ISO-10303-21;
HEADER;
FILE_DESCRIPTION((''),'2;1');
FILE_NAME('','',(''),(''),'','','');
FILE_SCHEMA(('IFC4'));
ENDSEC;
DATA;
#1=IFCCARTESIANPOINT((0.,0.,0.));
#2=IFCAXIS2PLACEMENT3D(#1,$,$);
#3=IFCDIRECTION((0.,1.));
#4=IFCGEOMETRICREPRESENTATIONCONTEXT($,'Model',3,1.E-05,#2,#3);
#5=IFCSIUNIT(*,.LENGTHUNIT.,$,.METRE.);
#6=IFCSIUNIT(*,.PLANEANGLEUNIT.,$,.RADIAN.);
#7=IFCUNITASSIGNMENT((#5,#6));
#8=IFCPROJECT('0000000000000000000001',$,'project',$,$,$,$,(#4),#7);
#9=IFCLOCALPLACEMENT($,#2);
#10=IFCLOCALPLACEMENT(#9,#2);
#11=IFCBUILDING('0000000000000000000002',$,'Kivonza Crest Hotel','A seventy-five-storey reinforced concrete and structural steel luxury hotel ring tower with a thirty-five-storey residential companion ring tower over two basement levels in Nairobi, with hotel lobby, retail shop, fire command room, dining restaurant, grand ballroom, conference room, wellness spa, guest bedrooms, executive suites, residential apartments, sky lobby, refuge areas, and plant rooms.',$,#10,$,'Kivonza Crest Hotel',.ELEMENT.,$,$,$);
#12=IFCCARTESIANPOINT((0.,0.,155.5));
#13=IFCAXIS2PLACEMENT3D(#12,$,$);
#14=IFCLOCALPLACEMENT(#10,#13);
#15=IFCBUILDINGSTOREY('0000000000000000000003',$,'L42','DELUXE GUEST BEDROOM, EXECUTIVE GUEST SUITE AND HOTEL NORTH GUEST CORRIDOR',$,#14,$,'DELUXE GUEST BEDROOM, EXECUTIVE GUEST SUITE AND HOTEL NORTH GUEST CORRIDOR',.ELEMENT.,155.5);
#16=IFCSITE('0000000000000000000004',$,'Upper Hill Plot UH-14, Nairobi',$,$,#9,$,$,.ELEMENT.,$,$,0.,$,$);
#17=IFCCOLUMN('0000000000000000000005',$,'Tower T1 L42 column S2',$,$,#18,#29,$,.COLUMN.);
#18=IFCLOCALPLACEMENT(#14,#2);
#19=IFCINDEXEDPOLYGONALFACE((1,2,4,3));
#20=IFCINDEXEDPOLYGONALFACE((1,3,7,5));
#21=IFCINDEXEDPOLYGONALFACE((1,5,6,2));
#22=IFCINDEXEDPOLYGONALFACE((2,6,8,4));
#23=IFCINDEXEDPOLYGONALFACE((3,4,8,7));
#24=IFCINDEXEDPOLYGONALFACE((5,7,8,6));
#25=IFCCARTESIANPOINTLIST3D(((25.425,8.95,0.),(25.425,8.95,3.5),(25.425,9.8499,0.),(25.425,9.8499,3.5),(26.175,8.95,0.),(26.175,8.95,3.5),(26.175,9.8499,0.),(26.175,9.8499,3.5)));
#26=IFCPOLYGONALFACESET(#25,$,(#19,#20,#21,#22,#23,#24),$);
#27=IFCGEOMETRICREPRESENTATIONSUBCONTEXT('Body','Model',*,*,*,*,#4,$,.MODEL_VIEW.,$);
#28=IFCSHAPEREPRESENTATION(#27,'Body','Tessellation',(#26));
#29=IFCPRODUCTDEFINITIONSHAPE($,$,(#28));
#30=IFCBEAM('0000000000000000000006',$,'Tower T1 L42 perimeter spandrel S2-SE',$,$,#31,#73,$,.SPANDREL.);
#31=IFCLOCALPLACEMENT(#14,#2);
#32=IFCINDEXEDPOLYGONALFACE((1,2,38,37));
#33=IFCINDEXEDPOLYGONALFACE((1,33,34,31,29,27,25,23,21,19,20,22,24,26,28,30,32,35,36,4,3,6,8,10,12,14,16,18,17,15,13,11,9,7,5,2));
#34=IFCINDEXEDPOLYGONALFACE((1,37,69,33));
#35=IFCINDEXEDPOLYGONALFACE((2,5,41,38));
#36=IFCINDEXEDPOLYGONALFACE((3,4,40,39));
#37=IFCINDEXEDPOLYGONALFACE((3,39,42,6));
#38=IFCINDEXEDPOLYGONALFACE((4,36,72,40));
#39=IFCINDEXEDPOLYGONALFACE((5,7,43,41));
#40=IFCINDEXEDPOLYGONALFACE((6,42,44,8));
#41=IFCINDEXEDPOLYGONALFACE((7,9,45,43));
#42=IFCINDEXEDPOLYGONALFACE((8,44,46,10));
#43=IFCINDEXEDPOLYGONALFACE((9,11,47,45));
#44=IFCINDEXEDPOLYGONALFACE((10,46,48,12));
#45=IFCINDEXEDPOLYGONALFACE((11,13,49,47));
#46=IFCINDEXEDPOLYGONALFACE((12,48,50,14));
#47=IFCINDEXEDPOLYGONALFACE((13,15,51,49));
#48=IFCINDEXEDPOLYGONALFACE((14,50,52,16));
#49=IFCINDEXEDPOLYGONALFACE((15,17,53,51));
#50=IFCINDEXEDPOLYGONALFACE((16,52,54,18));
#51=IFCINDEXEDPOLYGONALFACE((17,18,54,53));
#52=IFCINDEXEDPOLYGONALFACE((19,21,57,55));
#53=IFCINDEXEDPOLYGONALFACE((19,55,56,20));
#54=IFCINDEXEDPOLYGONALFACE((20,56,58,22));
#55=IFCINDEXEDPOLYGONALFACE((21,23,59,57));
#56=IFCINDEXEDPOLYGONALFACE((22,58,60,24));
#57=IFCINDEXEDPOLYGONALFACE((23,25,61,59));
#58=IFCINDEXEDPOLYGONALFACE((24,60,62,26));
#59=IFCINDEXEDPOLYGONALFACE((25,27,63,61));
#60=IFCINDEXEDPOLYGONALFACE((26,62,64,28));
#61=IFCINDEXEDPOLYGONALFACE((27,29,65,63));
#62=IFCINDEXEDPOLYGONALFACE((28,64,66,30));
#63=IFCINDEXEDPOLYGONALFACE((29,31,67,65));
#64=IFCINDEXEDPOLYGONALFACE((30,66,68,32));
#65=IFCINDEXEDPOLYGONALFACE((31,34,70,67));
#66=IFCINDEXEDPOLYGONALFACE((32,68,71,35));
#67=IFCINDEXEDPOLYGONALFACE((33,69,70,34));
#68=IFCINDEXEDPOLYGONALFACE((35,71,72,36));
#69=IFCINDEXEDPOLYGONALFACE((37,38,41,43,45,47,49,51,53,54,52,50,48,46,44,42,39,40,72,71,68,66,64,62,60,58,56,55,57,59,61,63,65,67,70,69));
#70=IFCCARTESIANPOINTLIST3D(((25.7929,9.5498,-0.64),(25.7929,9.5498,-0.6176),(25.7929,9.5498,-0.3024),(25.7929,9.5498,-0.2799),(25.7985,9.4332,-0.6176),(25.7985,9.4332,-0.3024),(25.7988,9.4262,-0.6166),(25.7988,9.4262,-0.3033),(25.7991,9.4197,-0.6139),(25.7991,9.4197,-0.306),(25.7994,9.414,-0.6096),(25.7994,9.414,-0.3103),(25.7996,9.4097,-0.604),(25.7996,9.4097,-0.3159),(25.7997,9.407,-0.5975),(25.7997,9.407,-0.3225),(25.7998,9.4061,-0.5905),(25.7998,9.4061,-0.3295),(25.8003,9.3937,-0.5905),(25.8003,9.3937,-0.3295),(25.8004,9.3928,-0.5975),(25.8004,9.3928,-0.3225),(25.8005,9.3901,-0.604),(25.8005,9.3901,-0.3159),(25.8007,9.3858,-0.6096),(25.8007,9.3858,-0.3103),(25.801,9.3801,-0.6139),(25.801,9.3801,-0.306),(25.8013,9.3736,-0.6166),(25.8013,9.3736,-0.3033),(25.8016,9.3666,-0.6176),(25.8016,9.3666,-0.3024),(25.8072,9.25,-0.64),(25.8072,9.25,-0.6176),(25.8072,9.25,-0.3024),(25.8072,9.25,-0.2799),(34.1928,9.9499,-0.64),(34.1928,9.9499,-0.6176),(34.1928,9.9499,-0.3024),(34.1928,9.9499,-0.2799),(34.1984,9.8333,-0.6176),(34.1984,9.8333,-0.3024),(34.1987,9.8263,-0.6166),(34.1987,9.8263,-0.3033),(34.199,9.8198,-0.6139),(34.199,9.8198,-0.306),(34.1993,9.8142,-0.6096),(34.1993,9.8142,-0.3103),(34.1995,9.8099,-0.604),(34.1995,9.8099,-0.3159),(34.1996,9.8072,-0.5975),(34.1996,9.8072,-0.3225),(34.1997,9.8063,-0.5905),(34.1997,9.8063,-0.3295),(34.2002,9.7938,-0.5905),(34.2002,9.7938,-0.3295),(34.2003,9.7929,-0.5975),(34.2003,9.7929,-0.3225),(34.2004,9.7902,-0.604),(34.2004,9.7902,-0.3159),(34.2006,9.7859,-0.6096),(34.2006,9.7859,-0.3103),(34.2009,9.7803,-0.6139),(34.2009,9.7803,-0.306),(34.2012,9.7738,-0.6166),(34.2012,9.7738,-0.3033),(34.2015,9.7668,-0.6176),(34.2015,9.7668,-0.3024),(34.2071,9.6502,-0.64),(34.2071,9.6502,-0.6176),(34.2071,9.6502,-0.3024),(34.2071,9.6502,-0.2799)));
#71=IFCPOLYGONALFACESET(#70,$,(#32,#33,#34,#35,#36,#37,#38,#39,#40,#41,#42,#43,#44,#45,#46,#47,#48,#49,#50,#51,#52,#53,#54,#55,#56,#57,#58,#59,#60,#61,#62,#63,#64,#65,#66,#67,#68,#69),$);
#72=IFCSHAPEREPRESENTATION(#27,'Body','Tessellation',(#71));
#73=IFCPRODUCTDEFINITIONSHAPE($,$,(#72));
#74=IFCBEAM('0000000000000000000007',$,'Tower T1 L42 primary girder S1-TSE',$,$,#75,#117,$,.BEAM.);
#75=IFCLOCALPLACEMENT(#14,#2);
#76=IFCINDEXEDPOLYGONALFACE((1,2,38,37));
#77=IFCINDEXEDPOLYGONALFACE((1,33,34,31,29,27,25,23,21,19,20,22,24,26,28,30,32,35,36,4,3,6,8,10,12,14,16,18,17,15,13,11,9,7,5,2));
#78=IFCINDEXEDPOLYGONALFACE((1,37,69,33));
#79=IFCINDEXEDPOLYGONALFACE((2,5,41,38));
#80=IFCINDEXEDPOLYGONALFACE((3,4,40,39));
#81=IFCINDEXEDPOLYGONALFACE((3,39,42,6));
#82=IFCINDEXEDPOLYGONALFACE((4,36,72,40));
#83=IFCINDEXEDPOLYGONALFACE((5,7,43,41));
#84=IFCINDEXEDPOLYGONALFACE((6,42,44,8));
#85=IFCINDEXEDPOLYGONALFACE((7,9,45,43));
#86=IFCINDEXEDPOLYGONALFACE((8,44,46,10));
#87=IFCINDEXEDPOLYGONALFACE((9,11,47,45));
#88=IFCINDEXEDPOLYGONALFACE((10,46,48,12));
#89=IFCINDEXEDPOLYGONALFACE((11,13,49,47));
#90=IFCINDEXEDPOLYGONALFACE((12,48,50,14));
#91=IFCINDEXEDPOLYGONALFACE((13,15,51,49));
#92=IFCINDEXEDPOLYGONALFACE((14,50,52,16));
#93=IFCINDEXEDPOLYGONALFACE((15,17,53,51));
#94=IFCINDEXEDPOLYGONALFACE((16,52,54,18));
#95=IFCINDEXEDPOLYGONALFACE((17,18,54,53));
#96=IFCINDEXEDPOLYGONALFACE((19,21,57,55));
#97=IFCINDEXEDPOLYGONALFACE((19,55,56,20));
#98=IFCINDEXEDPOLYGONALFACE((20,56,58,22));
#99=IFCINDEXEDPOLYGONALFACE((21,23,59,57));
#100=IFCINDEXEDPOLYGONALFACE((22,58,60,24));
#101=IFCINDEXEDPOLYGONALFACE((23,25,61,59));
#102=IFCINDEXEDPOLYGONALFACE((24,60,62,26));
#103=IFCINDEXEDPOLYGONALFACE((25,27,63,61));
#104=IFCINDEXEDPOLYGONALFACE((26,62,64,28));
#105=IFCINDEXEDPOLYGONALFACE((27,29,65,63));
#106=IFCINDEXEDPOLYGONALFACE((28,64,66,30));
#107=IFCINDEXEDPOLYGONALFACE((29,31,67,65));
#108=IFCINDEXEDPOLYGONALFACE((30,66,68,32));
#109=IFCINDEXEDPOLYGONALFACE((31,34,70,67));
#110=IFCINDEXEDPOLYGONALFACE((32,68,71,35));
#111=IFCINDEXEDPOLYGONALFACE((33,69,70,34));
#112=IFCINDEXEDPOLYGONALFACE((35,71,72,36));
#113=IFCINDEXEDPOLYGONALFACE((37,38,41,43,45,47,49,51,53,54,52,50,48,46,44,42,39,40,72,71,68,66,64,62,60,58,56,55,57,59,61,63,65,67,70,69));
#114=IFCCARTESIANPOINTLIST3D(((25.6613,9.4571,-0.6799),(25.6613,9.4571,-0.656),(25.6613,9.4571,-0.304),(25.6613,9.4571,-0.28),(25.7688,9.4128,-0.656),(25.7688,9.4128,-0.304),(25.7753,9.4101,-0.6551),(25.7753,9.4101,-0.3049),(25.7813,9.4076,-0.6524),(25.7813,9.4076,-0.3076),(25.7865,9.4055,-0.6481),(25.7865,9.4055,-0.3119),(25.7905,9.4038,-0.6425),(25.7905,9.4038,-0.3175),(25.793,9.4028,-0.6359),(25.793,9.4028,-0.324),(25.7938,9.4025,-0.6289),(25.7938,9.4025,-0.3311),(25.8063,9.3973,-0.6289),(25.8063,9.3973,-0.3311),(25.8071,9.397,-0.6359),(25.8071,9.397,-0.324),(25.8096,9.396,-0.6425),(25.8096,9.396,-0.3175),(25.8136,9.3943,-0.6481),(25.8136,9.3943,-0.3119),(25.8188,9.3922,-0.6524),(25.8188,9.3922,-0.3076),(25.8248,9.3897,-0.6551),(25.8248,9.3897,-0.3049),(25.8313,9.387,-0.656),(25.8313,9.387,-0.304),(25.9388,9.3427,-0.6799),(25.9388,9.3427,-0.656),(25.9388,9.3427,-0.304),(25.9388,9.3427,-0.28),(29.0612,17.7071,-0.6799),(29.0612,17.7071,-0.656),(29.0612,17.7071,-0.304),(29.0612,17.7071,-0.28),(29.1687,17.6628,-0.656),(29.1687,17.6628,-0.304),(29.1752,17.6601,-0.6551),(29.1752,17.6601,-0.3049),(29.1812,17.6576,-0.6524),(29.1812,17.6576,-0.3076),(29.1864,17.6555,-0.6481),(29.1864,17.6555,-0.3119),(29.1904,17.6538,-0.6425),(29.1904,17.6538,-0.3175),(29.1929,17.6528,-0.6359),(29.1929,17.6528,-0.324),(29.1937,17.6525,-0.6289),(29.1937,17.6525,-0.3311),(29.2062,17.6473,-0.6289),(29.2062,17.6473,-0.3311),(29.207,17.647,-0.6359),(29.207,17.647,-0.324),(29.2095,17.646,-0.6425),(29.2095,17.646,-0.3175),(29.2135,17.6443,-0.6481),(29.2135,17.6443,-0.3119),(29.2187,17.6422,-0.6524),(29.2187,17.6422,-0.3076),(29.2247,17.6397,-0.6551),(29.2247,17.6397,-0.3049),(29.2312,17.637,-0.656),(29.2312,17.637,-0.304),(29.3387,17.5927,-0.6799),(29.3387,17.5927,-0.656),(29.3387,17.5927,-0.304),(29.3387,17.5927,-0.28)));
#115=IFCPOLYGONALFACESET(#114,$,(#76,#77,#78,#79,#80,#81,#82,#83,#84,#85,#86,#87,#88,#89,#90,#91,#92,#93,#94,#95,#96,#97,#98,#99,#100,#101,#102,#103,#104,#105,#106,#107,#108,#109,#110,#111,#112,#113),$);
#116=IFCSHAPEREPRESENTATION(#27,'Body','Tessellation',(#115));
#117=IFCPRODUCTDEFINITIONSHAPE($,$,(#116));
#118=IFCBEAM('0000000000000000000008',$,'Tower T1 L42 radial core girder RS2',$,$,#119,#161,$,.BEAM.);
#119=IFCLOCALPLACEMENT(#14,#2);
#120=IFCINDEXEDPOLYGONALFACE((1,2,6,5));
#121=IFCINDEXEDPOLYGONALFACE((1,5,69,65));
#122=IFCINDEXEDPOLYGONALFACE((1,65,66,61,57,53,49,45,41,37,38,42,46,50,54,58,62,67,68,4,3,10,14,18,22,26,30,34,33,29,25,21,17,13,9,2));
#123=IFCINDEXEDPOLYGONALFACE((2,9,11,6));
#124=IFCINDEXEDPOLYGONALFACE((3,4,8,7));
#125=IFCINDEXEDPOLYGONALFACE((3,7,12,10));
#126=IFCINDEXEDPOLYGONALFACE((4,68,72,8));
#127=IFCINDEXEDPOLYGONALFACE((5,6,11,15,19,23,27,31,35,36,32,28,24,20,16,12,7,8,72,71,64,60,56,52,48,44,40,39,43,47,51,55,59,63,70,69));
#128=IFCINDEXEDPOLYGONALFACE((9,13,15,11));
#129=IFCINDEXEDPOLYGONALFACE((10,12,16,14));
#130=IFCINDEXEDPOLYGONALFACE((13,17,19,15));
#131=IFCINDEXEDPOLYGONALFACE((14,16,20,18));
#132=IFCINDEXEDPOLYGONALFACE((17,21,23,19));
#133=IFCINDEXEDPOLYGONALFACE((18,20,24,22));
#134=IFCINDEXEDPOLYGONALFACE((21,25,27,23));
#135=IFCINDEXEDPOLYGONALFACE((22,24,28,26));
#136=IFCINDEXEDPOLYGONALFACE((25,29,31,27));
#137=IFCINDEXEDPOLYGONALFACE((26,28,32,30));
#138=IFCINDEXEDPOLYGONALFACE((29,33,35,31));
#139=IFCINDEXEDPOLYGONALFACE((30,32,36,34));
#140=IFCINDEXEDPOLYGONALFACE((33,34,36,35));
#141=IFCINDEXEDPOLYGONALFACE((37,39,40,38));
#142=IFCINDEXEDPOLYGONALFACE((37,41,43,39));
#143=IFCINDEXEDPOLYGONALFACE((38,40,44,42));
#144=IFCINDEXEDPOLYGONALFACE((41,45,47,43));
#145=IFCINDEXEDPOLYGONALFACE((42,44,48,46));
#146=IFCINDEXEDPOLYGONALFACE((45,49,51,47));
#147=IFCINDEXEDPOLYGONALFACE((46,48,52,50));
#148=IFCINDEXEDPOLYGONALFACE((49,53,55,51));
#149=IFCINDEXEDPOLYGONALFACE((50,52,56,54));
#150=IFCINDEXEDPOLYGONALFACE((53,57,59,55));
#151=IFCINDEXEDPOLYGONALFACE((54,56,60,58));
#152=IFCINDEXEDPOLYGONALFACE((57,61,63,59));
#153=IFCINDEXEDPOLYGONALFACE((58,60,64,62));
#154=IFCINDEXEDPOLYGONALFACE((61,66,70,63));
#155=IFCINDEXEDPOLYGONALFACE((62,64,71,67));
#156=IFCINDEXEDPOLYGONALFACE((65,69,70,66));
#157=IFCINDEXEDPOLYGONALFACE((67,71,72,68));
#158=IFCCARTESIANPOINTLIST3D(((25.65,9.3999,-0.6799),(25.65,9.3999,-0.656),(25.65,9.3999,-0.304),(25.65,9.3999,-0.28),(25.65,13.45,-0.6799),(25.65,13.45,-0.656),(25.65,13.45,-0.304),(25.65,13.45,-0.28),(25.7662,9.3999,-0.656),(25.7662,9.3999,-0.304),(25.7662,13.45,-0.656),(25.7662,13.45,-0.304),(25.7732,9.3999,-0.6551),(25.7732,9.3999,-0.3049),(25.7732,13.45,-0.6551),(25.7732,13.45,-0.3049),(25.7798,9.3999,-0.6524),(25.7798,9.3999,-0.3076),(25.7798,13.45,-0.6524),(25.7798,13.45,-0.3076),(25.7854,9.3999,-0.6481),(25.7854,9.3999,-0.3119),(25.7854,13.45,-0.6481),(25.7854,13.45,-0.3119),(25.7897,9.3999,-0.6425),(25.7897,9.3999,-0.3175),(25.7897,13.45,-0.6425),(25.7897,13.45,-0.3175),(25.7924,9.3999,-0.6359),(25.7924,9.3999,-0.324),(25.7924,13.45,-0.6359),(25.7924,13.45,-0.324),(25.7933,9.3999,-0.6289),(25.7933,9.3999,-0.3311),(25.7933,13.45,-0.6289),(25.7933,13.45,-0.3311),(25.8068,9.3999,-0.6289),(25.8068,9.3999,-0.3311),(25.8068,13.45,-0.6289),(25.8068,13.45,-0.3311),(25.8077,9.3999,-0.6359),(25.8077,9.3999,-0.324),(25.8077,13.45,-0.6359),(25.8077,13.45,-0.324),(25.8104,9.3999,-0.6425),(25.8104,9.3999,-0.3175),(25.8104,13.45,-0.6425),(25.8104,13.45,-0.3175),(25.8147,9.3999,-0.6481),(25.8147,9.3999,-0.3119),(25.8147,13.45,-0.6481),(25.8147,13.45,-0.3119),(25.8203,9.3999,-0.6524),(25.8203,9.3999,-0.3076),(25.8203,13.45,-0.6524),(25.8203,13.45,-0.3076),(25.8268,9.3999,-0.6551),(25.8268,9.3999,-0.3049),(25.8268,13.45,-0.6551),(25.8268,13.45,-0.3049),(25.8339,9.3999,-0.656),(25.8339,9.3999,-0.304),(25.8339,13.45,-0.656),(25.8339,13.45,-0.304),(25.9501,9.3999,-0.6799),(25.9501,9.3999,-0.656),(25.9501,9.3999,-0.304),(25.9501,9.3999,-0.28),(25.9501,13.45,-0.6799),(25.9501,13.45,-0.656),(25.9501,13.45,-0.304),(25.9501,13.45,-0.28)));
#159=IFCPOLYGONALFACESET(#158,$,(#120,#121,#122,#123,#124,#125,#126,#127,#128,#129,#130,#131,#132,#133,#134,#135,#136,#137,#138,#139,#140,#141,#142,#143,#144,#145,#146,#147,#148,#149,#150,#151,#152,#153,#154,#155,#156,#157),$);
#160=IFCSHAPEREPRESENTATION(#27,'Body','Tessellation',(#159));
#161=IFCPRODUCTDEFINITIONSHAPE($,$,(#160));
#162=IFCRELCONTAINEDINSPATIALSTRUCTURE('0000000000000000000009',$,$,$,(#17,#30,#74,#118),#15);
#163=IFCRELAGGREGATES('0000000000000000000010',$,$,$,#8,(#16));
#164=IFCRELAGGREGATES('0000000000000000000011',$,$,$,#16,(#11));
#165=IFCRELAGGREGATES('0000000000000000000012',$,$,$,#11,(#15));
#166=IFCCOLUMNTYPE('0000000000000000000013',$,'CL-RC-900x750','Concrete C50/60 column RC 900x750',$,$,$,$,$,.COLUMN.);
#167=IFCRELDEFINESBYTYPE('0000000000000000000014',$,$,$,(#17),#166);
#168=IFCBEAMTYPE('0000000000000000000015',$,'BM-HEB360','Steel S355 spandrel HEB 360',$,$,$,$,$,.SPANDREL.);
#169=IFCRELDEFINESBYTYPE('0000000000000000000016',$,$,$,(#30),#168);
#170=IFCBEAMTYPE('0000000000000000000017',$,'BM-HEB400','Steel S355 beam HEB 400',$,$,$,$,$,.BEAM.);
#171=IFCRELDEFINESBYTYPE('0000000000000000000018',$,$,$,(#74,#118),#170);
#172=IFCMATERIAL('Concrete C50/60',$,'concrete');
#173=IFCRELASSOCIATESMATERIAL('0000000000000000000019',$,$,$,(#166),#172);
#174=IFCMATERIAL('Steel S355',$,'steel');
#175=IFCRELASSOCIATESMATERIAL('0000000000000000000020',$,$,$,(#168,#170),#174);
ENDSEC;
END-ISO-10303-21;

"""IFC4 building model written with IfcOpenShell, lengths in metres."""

from ifc_helpers import new_model, si_unit, direction, frame, origin, origin_2d, place, context, subcontext, project, spatial, rectangle, i_section, extrude, material, material_profile, profile_set, type_object, element, save


model = new_model("IFC4")

# Units and contexts
model_context = context("Model", 3, precision=1e-05, world=origin(), true_north=direction((0.0, 1.0)))
body_context = subcontext(model_context, "Body", "Model", "MODEL_VIEW")
ifc_project = project(units=[si_unit("LENGTHUNIT", "METRE"), si_unit("PLANEANGLEUNIT", "RADIAN")], contexts=[model_context])

# Site, building, storey
site_placement = place(None, origin())
site = spatial("IfcSite", under=ifc_project, at=site_placement, Name="Upper Hill Plot UH-14, Nairobi", CompositionType="ELEMENT", RefElevation=0.0)
building_placement = place(site_placement, origin())
building = spatial("IfcBuilding", under=site, at=building_placement, Name="Kivonza Crest Hotel", Description="A seventy-five-storey reinforced concrete and structural steel luxury hotel ring tower with a thirty-five-storey residential companion ring tower over two basement levels in Nairobi, with hotel lobby, retail shop, fire command room, dining restaurant, grand ballroom, conference room, wellness spa, guest bedrooms, executive suites, residential apartments, sky lobby, refuge areas, and plant rooms.", LongName="Kivonza Crest Hotel", CompositionType="ELEMENT")
storey_placement = place(building_placement, frame((0.0, 0.0, 155.5)))
storey = spatial("IfcBuildingStorey", under=building, at=storey_placement, Name="L42", Description="DELUXE GUEST BEDROOM, EXECUTIVE GUEST SUITE AND HOTEL NORTH GUEST CORRIDOR", LongName="DELUXE GUEST BEDROOM, EXECUTIVE GUEST SUITE AND HOTEL NORTH GUEST CORRIDOR", CompositionType="ELEMENT", Elevation=155.5)

# Column
ifc_material_1 = material(Name="Concrete C50/60", Category="concrete")
ifc_material_profile_1 = material_profile(ifc_material_1, rectangle(XDim=0.75, YDim=0.8999, at=origin_2d()), Name="RC 900x750")
ifc_profile_set_1 = profile_set([ifc_material_profile_1], Name="Concrete C50/60")
column_type = type_object("IfcColumnType", Name="CL-RC-900x750", Description="Concrete C50/60 column RC 900x750", PredefinedType="COLUMN", material=ifc_profile_set_1)
column_placement = place(storey_placement, frame((25.8, 9.3999, 0.0), z_axis=(0.0, 0.0, 1.0), x_axis=(1.0, 0.0, 0.0)))
element("IfcColumn", 1, at=column_placement, inside=storey, type_object=column_type, Name="Tower T1 L42 column S2", PredefinedType="COLUMN", context=body_context, shape_type="SweptSolid", body=[
    extrude(rectangle(XDim=0.75, YDim=0.8999, at=origin_2d()), origin(), (0.0, 0.0, 1.0), 3.5),
])

# Beams
ifc_material_2 = material(Name="Steel S355", Category="steel")
ifc_material_profile_2 = material_profile(ifc_material_2, i_section(OverallWidth=0.3, OverallDepth=0.3601, WebThickness=0.0125, FlangeThickness=0.0225, FilletRadius=0.0271, at=origin_2d()), Name="HEB 360")
ifc_profile_set_2 = profile_set([ifc_material_profile_2], Name="Steel S355")
beam_type_1 = type_object("IfcBeamType", Name="BM-HEB360", Description="Steel S355 spandrel HEB 360", PredefinedType="SPANDREL", material=ifc_profile_set_2)
beam_1_placement = place(storey_placement, frame((25.8, 9.3999, -0.46), z_axis=(0.998867, 0.047583, 0.0), x_axis=(-0.047583, 0.998867, 0.0)))
element("IfcBeam", 2, at=beam_1_placement, inside=storey, type_object=beam_type_1, Name="Tower T1 L42 perimeter spandrel S2-SE", PredefinedType="SPANDREL", context=body_context, shape_type="SweptSolid", body=[
    extrude(i_section(OverallWidth=0.3, OverallDepth=0.3601, WebThickness=0.0125, FlangeThickness=0.0225, FilletRadius=0.0271, at=origin_2d()), origin(), (0.0, 0.0, 1.0), 8.4094),
])
ifc_material_profile_3 = material_profile(ifc_material_2, i_section(OverallWidth=0.3, OverallDepth=0.3999, WebThickness=0.0134, FlangeThickness=0.0239, FilletRadius=0.0271, at=origin_2d()), Name="HEB 400")
ifc_profile_set_3 = profile_set([ifc_material_profile_3], Name="Steel S355")
beam_type_2 = type_object("IfcBeamType", Name="BM-HEB400", Description="Steel S355 beam HEB 400", PredefinedType="BEAM", material=ifc_profile_set_3)
beam_2_placement = place(storey_placement, frame((25.8, 9.3999, -0.48), z_axis=(0.381022, 0.924566, 0.0), x_axis=(-0.924566, 0.381022, 0.0)))
element("IfcBeam", 3, at=beam_2_placement, inside=storey, type_object=beam_type_2, Name="Tower T1 L42 primary girder S1-TSE", PredefinedType="BEAM", context=body_context, shape_type="SweptSolid", body=[
    extrude(i_section(OverallWidth=0.3, OverallDepth=0.3999, WebThickness=0.0134, FlangeThickness=0.0239, FilletRadius=0.0271, at=origin_2d()), origin(), (0.0, 0.0, 1.0), 8.9231),
])
beam_3_placement = place(storey_placement, frame((25.8, 9.3999, -0.48), z_axis=(0.0, 1.0, 0.0), x_axis=(-1.0, 0.0, 0.0)))
element("IfcBeam", 4, at=beam_3_placement, inside=storey, type_object=beam_type_2, Name="Tower T1 L42 radial core girder RS2", PredefinedType="BEAM", context=body_context, shape_type="SweptSolid", body=[
    extrude(i_section(OverallWidth=0.3, OverallDepth=0.3999, WebThickness=0.0134, FlangeThickness=0.0239, FilletRadius=0.0271, at=origin_2d()), origin(), (0.0, 0.0, 1.0), 4.05),
])

save(model, "model.ifc")
